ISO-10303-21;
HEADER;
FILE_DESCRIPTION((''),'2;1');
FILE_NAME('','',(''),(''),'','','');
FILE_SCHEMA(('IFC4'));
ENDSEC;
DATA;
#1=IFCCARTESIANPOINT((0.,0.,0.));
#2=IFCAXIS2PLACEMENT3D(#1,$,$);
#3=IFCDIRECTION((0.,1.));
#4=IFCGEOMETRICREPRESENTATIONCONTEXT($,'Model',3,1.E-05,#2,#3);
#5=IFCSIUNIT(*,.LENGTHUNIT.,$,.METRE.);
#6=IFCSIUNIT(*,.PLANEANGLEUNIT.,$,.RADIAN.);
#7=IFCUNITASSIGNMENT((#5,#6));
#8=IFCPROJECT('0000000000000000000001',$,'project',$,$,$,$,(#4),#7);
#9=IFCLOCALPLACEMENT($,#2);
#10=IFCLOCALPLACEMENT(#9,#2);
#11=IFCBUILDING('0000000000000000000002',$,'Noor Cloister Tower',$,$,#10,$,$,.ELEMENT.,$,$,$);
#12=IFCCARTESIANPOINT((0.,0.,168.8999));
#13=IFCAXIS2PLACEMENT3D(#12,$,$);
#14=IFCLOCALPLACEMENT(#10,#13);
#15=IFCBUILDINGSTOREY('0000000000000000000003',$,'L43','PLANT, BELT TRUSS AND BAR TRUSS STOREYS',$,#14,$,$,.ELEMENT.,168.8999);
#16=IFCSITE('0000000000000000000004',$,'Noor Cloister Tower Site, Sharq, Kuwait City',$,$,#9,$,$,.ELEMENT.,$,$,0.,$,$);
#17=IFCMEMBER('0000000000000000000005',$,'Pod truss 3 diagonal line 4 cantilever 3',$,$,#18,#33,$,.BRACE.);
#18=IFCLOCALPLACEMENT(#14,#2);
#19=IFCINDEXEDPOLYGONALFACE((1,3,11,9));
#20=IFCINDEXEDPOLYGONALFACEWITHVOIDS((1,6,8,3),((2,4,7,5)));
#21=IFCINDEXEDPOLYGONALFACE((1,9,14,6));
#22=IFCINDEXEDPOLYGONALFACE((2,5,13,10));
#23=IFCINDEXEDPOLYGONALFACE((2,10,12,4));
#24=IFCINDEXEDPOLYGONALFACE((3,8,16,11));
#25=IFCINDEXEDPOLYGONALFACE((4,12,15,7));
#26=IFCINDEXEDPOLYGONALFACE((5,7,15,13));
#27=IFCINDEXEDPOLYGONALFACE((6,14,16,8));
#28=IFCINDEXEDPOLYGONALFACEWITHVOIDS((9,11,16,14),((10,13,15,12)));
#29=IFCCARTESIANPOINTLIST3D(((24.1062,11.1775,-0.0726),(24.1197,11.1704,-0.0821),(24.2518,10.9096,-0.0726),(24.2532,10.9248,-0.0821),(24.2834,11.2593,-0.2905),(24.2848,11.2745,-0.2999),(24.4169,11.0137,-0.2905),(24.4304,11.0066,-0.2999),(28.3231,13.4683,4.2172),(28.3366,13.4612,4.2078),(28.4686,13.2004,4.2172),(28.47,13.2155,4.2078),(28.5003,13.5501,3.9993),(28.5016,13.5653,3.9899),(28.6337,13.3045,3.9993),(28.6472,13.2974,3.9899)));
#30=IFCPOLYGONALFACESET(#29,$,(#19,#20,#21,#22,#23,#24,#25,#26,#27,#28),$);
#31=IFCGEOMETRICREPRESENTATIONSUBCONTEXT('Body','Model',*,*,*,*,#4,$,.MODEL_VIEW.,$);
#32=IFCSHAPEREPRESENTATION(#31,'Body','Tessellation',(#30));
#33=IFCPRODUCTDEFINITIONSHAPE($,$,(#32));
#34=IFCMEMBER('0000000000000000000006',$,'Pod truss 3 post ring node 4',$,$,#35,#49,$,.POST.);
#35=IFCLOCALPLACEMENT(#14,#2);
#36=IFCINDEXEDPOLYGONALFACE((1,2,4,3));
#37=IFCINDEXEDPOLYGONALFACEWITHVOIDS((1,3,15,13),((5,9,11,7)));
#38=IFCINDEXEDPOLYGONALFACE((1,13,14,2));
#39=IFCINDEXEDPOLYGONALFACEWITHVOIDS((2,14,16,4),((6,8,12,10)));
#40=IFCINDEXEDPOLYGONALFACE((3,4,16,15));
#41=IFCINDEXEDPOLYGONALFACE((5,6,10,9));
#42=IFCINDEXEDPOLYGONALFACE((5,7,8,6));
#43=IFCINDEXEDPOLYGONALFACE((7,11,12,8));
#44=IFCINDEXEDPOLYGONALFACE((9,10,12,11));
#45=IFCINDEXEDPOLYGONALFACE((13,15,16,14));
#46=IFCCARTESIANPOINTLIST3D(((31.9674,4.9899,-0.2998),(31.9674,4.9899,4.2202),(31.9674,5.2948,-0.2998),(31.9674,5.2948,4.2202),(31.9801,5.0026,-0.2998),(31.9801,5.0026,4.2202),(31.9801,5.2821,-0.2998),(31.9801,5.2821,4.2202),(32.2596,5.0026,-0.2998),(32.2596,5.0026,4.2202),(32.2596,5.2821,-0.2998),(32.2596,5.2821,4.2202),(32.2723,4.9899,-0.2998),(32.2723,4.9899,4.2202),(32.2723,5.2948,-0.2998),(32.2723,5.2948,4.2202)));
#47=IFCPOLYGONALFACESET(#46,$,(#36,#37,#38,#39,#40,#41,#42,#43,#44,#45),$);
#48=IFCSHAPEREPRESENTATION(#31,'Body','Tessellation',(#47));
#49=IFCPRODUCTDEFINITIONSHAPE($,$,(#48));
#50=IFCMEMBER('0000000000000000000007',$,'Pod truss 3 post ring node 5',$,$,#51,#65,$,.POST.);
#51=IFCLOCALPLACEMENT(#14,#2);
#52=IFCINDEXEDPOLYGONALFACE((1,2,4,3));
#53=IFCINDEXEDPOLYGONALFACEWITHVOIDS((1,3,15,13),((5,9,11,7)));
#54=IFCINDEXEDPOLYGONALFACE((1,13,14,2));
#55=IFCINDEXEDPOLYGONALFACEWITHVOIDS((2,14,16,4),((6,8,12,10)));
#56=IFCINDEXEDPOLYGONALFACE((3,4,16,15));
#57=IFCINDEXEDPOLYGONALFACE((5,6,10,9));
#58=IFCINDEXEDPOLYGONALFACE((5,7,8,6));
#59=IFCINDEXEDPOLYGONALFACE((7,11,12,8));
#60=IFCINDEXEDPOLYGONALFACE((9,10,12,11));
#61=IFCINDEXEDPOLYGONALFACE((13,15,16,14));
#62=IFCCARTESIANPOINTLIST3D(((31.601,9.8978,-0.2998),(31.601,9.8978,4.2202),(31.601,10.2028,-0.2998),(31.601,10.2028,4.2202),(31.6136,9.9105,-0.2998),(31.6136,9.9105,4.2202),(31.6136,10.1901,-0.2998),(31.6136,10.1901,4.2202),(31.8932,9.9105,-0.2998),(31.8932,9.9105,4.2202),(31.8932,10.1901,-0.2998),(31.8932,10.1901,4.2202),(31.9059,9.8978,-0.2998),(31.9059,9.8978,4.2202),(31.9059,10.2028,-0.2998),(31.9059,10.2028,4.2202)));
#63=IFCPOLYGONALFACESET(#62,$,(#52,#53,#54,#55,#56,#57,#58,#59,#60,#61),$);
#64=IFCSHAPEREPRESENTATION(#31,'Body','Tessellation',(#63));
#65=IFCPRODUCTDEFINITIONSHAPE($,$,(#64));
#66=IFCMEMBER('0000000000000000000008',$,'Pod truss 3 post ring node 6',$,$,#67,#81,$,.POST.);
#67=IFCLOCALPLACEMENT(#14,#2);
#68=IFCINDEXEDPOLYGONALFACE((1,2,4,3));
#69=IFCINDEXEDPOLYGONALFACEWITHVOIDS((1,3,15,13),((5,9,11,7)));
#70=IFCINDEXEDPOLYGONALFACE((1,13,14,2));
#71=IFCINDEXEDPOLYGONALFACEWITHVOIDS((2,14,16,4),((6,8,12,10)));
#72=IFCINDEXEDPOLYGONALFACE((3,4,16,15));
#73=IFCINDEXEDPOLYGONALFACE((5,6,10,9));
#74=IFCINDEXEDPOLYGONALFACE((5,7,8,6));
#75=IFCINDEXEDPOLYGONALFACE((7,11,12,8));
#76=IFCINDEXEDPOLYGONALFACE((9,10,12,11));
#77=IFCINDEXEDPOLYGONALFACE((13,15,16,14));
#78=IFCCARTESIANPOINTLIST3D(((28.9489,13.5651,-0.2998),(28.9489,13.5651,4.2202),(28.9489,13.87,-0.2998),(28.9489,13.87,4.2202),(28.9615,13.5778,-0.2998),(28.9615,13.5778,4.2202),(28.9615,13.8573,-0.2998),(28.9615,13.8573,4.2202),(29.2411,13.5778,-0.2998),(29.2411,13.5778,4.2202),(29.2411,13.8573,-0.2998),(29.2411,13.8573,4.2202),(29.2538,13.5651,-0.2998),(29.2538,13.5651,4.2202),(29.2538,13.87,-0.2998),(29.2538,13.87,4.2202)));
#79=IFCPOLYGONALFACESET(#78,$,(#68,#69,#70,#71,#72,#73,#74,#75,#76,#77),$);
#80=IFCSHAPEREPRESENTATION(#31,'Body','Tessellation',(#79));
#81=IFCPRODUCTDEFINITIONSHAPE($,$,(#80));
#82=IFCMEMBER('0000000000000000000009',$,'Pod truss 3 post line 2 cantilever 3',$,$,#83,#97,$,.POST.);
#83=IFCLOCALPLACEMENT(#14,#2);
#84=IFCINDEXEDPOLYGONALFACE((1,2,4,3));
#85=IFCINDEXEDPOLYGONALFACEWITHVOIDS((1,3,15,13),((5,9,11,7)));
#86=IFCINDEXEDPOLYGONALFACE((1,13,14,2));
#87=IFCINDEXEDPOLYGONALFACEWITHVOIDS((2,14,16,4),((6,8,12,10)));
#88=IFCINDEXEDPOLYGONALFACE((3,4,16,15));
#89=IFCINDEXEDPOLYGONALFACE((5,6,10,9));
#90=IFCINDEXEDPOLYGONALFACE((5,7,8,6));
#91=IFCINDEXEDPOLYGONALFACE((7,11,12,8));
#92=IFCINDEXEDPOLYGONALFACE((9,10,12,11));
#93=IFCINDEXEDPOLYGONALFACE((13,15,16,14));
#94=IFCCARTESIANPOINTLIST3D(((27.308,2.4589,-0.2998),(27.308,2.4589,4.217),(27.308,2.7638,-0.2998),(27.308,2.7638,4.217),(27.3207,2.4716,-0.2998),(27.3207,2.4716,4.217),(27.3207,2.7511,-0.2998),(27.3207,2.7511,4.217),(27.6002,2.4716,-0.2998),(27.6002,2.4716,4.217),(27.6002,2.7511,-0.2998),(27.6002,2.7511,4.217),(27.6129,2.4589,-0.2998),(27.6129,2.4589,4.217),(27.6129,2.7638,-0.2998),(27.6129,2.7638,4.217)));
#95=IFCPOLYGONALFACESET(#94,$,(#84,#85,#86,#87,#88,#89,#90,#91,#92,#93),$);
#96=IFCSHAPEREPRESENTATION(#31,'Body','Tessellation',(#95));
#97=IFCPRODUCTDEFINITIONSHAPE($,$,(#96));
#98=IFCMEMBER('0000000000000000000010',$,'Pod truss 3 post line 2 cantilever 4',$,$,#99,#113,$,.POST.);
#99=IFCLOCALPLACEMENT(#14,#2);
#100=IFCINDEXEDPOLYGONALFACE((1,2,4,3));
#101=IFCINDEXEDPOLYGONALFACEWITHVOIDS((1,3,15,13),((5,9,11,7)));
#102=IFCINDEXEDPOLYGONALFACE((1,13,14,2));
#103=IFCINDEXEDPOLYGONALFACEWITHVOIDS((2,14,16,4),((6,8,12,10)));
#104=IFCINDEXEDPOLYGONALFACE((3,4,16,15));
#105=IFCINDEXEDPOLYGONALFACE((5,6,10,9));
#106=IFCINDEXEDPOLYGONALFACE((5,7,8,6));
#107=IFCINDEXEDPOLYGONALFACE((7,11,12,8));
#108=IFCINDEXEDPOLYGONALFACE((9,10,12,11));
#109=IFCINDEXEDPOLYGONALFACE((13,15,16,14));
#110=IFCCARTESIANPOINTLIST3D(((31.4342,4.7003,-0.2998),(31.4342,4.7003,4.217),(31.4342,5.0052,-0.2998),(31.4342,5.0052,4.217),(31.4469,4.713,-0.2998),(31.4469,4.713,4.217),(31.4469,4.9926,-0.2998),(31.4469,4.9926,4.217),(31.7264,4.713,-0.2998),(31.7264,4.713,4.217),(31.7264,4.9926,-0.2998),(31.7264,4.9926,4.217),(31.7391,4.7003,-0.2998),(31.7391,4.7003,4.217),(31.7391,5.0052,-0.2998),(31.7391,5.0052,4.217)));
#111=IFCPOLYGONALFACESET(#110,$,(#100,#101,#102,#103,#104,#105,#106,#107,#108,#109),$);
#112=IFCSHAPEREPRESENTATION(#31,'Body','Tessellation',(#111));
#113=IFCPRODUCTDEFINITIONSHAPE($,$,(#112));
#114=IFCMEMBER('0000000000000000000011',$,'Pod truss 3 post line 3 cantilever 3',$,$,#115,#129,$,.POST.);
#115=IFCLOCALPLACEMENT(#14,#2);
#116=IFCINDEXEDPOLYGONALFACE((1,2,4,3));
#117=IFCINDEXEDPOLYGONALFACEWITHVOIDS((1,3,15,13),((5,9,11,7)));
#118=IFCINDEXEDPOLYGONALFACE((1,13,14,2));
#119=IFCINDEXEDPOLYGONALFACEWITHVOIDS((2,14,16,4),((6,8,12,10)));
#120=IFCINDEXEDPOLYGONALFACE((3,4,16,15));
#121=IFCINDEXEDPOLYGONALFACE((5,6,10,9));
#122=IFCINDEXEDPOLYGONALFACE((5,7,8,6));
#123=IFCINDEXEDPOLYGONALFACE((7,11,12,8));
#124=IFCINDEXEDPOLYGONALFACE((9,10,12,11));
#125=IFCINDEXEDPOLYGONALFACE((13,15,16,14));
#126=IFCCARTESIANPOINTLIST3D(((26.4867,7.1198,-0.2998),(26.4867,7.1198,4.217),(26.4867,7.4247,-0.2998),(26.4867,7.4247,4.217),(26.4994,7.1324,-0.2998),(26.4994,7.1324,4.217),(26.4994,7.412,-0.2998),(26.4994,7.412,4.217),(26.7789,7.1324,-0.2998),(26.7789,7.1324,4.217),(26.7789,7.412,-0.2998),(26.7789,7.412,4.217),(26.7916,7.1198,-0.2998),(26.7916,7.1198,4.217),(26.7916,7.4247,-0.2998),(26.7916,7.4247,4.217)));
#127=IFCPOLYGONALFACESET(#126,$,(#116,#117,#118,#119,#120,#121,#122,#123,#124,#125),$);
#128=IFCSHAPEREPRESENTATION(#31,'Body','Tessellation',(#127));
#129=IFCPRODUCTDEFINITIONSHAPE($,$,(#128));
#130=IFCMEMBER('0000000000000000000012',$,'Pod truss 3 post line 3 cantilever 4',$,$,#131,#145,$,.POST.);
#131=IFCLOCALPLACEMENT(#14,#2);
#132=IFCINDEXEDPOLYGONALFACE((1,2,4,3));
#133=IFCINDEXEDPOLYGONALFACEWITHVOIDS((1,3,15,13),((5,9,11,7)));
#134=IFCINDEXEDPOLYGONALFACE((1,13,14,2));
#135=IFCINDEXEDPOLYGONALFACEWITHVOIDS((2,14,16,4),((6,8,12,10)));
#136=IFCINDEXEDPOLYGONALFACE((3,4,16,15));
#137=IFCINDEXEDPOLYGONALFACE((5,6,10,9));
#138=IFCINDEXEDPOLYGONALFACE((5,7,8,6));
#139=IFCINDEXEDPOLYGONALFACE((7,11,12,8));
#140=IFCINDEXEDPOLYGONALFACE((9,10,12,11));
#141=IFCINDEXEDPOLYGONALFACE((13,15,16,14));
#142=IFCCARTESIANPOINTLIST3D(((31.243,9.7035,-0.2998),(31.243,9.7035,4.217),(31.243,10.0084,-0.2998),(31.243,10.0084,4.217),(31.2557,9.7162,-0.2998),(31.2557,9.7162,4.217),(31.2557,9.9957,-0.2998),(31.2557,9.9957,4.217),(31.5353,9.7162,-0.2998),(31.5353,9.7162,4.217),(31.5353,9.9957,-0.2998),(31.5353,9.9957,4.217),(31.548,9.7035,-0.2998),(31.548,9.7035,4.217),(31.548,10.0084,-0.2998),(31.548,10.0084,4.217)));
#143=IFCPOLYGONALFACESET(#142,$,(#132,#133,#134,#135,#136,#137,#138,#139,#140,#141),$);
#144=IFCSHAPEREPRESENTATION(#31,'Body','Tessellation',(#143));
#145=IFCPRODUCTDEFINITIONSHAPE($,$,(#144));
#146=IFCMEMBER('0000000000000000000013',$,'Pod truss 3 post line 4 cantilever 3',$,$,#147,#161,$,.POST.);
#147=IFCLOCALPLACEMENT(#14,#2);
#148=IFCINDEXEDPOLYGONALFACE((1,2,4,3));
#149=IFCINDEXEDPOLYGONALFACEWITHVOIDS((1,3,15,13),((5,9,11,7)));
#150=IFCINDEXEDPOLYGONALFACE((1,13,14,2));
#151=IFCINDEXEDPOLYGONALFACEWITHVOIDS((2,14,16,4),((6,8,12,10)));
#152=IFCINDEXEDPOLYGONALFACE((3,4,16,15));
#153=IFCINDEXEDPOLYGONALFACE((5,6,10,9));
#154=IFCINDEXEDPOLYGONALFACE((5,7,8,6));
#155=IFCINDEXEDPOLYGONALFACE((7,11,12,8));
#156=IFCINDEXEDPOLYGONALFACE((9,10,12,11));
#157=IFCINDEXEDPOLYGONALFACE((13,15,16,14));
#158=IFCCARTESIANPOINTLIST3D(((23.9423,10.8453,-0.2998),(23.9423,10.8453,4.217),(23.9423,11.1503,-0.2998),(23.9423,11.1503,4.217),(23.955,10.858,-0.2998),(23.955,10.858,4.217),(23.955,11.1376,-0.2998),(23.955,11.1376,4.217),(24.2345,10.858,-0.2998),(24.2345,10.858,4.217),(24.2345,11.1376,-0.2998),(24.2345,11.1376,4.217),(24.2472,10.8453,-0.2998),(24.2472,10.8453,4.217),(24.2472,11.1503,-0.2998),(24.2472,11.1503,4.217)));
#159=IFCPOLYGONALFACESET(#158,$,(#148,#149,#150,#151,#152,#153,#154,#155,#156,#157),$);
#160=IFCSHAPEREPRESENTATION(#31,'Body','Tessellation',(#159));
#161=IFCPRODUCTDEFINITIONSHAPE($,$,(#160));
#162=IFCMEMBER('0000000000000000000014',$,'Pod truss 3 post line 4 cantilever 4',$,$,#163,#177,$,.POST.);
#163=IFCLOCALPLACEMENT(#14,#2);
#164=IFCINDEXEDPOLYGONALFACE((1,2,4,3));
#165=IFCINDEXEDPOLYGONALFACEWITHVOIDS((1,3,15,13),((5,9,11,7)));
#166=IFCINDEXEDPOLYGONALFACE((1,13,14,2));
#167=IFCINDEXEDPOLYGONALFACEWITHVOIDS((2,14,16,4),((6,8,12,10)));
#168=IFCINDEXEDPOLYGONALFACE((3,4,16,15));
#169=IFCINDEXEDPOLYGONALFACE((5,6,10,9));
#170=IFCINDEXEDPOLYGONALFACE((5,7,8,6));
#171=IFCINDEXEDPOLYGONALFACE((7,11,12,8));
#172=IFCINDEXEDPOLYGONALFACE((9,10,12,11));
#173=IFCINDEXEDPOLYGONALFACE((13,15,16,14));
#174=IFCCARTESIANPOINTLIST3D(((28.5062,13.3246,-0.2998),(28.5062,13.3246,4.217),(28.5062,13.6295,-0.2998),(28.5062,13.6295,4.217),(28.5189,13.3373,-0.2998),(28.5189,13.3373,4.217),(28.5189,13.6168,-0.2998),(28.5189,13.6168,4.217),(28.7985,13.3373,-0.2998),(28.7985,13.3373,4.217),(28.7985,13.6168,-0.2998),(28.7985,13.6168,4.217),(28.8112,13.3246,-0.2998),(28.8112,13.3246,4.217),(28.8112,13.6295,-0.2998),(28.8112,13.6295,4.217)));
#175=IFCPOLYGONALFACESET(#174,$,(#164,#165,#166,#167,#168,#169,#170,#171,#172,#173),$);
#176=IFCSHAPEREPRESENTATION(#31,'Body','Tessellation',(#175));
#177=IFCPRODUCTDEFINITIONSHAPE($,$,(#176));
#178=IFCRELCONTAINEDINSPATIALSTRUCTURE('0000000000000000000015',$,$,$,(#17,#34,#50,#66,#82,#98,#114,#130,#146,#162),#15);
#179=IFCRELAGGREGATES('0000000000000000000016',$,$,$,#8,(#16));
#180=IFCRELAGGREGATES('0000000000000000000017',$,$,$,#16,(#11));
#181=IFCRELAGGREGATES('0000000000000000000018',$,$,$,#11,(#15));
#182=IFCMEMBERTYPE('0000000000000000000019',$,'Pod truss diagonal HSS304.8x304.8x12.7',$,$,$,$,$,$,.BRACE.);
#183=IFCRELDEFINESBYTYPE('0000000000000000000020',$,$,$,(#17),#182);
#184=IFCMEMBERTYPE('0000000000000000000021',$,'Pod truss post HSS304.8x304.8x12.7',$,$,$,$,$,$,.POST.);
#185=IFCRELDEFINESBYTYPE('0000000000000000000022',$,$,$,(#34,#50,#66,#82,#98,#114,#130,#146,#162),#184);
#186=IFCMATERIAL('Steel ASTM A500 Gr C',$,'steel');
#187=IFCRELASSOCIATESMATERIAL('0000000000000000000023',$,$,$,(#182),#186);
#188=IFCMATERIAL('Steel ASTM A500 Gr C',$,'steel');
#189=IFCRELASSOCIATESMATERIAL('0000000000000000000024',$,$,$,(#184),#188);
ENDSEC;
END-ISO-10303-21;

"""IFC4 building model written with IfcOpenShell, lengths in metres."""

from ifc_helpers import new_model, si_unit, direction, frame, origin, origin_2d, place, context, subcontext, project, spatial, hollow_rectangle, extrude, material, material_profile, profile_set, type_object, element, save


model = new_model("IFC4")

# Units and contexts
model_context = context("Model", 3, precision=1e-05, world=origin(), true_north=direction((0.0, 1.0)))
body_context = subcontext(model_context, "Body", "Model", "MODEL_VIEW")
ifc_project = project(units=[si_unit("LENGTHUNIT", "METRE"), si_unit("PLANEANGLEUNIT", "RADIAN")], contexts=[model_context])

# Site, building, storey
site_placement = place(None, origin())
site = spatial("IfcSite", under=ifc_project, at=site_placement, Name="Noor Cloister Tower Site, Sharq, Kuwait City", CompositionType="ELEMENT", RefElevation=0.0)
building_placement = place(site_placement, origin())
building = spatial("IfcBuilding", under=site, at=building_placement, Name="Noor Cloister Tower", CompositionType="ELEMENT")
storey_placement = place(building_placement, frame((0.0, 0.0, 168.8999)))
storey = spatial("IfcBuildingStorey", under=building, at=storey_placement, Name="L43", Description="PLANT, BELT TRUSS AND BAR TRUSS STOREYS", CompositionType="ELEMENT", Elevation=168.8999)

# Members
ifc_material_1 = material(Name="Steel ASTM A500 Gr C", Category="steel")
ifc_material_profile_1 = material_profile(ifc_material_1, hollow_rectangle(XDim=0.3049, YDim=0.3049, WallThickness=0.0127, at=origin_2d()), Name="HSS304.8x304.8x12.7")
ifc_profile_set_1 = profile_set([ifc_material_profile_1], Name="Steel ASTM A500 Gr C")
member_type_1 = type_object("IfcMemberType", Name="Pod truss diagonal HSS304.8x304.8x12.7", PredefinedType="BRACE", material=ifc_profile_set_1)
member_1_placement = place(storey_placement, frame((24.2683, 11.092, -0.1863), z_axis=(0.655116, 0.355891, 0.666457), x_axis=(-0.477358, 0.878709, 0.0)))
element("IfcMember", 1, at=member_1_placement, inside=storey, type_object=member_type_1, Name="Pod truss 3 diagonal line 4 cantilever 3", PredefinedType="BRACE", context=body_context, shape_type="SweptSolid", body=[
    extrude(hollow_rectangle(XDim=0.3049, YDim=0.3049, WallThickness=0.0127, at=origin_2d()), origin(), (0.0, 0.0, 1.0), 6.4368),
])
ifc_material_2 = material(Name="Steel ASTM A500 Gr C", Category="steel")
ifc_material_profile_2 = material_profile(ifc_material_2, hollow_rectangle(XDim=0.3049, YDim=0.3049, WallThickness=0.0127, at=origin_2d()), Name="HSS304.8x304.8x12.7")
ifc_profile_set_2 = profile_set([ifc_material_profile_2], Name="Steel ASTM A500 Gr C")
member_type_2 = type_object("IfcMemberType", Name="Pod truss post HSS304.8x304.8x12.7", PredefinedType="POST", material=ifc_profile_set_2)
for number, where, z_axis, x_axis, name in (
    (2, (32.1199, 5.1423, -0.2998), (0.0, 0.0, 1.0), (1.0, 0.0, 0.0), "Pod truss 3 post ring node 4"),
    (3, (31.7534, 10.0503, -0.2998), (0.0, 0.0, 1.0), (1.0, 0.0, 0.0), "Pod truss 3 post ring node 5"),
    (4, (29.1013, 13.7175, -0.2998), (0.0, 0.0, 1.0), (1.0, 0.0, 0.0), "Pod truss 3 post ring node 6"),
):
    element("IfcMember", number, at=place(storey_placement, frame(where, z_axis=z_axis, x_axis=x_axis)), inside=storey, type_object=member_type_2, Name=name, PredefinedType="POST", context=body_context, shape_type="SweptSolid", body=[
        extrude(hollow_rectangle(XDim=0.3049, YDim=0.3049, WallThickness=0.0127, at=origin_2d()), origin(), (0.0, 0.0, 1.0), 4.52),
    ])
for number, where, z_axis, x_axis, name in (
    (5, (27.4604, 2.6113, -0.2998), (0.0, 0.0, 1.0), (1.0, 0.0, 0.0), "Pod truss 3 post line 2 cantilever 3"),
    (6, (31.5867, 4.8528, -0.2998), (0.0, 0.0, 1.0), (1.0, 0.0, 0.0), "Pod truss 3 post line 2 cantilever 4"),
    (7, (26.6392, 7.2722, -0.2998), (0.0, 0.0, 1.0), (1.0, 0.0, 0.0), "Pod truss 3 post line 3 cantilever 3"),
    (8, (31.3955, 9.856, -0.2998), (0.0, 0.0, 1.0), (1.0, 0.0, 0.0), "Pod truss 3 post line 3 cantilever 4"),
    (9, (24.0947, 10.9978, -0.2998), (0.0, 0.0, 1.0), (1.0, 0.0, 0.0), "Pod truss 3 post line 4 cantilever 3"),
    (10, (28.6587, 13.4771, -0.2998), (0.0, 0.0, 1.0), (1.0, 0.0, 0.0), "Pod truss 3 post line 4 cantilever 4"),
):
    element("IfcMember", number, at=place(storey_placement, frame(where, z_axis=z_axis, x_axis=x_axis)), inside=storey, type_object=member_type_2, Name=name, PredefinedType="POST", context=body_context, shape_type="SweptSolid", body=[
        extrude(hollow_rectangle(XDim=0.3049, YDim=0.3049, WallThickness=0.0127, at=origin_2d()), origin(), (0.0, 0.0, 1.0), 4.5168),
    ])

save(model, "model.ifc")
